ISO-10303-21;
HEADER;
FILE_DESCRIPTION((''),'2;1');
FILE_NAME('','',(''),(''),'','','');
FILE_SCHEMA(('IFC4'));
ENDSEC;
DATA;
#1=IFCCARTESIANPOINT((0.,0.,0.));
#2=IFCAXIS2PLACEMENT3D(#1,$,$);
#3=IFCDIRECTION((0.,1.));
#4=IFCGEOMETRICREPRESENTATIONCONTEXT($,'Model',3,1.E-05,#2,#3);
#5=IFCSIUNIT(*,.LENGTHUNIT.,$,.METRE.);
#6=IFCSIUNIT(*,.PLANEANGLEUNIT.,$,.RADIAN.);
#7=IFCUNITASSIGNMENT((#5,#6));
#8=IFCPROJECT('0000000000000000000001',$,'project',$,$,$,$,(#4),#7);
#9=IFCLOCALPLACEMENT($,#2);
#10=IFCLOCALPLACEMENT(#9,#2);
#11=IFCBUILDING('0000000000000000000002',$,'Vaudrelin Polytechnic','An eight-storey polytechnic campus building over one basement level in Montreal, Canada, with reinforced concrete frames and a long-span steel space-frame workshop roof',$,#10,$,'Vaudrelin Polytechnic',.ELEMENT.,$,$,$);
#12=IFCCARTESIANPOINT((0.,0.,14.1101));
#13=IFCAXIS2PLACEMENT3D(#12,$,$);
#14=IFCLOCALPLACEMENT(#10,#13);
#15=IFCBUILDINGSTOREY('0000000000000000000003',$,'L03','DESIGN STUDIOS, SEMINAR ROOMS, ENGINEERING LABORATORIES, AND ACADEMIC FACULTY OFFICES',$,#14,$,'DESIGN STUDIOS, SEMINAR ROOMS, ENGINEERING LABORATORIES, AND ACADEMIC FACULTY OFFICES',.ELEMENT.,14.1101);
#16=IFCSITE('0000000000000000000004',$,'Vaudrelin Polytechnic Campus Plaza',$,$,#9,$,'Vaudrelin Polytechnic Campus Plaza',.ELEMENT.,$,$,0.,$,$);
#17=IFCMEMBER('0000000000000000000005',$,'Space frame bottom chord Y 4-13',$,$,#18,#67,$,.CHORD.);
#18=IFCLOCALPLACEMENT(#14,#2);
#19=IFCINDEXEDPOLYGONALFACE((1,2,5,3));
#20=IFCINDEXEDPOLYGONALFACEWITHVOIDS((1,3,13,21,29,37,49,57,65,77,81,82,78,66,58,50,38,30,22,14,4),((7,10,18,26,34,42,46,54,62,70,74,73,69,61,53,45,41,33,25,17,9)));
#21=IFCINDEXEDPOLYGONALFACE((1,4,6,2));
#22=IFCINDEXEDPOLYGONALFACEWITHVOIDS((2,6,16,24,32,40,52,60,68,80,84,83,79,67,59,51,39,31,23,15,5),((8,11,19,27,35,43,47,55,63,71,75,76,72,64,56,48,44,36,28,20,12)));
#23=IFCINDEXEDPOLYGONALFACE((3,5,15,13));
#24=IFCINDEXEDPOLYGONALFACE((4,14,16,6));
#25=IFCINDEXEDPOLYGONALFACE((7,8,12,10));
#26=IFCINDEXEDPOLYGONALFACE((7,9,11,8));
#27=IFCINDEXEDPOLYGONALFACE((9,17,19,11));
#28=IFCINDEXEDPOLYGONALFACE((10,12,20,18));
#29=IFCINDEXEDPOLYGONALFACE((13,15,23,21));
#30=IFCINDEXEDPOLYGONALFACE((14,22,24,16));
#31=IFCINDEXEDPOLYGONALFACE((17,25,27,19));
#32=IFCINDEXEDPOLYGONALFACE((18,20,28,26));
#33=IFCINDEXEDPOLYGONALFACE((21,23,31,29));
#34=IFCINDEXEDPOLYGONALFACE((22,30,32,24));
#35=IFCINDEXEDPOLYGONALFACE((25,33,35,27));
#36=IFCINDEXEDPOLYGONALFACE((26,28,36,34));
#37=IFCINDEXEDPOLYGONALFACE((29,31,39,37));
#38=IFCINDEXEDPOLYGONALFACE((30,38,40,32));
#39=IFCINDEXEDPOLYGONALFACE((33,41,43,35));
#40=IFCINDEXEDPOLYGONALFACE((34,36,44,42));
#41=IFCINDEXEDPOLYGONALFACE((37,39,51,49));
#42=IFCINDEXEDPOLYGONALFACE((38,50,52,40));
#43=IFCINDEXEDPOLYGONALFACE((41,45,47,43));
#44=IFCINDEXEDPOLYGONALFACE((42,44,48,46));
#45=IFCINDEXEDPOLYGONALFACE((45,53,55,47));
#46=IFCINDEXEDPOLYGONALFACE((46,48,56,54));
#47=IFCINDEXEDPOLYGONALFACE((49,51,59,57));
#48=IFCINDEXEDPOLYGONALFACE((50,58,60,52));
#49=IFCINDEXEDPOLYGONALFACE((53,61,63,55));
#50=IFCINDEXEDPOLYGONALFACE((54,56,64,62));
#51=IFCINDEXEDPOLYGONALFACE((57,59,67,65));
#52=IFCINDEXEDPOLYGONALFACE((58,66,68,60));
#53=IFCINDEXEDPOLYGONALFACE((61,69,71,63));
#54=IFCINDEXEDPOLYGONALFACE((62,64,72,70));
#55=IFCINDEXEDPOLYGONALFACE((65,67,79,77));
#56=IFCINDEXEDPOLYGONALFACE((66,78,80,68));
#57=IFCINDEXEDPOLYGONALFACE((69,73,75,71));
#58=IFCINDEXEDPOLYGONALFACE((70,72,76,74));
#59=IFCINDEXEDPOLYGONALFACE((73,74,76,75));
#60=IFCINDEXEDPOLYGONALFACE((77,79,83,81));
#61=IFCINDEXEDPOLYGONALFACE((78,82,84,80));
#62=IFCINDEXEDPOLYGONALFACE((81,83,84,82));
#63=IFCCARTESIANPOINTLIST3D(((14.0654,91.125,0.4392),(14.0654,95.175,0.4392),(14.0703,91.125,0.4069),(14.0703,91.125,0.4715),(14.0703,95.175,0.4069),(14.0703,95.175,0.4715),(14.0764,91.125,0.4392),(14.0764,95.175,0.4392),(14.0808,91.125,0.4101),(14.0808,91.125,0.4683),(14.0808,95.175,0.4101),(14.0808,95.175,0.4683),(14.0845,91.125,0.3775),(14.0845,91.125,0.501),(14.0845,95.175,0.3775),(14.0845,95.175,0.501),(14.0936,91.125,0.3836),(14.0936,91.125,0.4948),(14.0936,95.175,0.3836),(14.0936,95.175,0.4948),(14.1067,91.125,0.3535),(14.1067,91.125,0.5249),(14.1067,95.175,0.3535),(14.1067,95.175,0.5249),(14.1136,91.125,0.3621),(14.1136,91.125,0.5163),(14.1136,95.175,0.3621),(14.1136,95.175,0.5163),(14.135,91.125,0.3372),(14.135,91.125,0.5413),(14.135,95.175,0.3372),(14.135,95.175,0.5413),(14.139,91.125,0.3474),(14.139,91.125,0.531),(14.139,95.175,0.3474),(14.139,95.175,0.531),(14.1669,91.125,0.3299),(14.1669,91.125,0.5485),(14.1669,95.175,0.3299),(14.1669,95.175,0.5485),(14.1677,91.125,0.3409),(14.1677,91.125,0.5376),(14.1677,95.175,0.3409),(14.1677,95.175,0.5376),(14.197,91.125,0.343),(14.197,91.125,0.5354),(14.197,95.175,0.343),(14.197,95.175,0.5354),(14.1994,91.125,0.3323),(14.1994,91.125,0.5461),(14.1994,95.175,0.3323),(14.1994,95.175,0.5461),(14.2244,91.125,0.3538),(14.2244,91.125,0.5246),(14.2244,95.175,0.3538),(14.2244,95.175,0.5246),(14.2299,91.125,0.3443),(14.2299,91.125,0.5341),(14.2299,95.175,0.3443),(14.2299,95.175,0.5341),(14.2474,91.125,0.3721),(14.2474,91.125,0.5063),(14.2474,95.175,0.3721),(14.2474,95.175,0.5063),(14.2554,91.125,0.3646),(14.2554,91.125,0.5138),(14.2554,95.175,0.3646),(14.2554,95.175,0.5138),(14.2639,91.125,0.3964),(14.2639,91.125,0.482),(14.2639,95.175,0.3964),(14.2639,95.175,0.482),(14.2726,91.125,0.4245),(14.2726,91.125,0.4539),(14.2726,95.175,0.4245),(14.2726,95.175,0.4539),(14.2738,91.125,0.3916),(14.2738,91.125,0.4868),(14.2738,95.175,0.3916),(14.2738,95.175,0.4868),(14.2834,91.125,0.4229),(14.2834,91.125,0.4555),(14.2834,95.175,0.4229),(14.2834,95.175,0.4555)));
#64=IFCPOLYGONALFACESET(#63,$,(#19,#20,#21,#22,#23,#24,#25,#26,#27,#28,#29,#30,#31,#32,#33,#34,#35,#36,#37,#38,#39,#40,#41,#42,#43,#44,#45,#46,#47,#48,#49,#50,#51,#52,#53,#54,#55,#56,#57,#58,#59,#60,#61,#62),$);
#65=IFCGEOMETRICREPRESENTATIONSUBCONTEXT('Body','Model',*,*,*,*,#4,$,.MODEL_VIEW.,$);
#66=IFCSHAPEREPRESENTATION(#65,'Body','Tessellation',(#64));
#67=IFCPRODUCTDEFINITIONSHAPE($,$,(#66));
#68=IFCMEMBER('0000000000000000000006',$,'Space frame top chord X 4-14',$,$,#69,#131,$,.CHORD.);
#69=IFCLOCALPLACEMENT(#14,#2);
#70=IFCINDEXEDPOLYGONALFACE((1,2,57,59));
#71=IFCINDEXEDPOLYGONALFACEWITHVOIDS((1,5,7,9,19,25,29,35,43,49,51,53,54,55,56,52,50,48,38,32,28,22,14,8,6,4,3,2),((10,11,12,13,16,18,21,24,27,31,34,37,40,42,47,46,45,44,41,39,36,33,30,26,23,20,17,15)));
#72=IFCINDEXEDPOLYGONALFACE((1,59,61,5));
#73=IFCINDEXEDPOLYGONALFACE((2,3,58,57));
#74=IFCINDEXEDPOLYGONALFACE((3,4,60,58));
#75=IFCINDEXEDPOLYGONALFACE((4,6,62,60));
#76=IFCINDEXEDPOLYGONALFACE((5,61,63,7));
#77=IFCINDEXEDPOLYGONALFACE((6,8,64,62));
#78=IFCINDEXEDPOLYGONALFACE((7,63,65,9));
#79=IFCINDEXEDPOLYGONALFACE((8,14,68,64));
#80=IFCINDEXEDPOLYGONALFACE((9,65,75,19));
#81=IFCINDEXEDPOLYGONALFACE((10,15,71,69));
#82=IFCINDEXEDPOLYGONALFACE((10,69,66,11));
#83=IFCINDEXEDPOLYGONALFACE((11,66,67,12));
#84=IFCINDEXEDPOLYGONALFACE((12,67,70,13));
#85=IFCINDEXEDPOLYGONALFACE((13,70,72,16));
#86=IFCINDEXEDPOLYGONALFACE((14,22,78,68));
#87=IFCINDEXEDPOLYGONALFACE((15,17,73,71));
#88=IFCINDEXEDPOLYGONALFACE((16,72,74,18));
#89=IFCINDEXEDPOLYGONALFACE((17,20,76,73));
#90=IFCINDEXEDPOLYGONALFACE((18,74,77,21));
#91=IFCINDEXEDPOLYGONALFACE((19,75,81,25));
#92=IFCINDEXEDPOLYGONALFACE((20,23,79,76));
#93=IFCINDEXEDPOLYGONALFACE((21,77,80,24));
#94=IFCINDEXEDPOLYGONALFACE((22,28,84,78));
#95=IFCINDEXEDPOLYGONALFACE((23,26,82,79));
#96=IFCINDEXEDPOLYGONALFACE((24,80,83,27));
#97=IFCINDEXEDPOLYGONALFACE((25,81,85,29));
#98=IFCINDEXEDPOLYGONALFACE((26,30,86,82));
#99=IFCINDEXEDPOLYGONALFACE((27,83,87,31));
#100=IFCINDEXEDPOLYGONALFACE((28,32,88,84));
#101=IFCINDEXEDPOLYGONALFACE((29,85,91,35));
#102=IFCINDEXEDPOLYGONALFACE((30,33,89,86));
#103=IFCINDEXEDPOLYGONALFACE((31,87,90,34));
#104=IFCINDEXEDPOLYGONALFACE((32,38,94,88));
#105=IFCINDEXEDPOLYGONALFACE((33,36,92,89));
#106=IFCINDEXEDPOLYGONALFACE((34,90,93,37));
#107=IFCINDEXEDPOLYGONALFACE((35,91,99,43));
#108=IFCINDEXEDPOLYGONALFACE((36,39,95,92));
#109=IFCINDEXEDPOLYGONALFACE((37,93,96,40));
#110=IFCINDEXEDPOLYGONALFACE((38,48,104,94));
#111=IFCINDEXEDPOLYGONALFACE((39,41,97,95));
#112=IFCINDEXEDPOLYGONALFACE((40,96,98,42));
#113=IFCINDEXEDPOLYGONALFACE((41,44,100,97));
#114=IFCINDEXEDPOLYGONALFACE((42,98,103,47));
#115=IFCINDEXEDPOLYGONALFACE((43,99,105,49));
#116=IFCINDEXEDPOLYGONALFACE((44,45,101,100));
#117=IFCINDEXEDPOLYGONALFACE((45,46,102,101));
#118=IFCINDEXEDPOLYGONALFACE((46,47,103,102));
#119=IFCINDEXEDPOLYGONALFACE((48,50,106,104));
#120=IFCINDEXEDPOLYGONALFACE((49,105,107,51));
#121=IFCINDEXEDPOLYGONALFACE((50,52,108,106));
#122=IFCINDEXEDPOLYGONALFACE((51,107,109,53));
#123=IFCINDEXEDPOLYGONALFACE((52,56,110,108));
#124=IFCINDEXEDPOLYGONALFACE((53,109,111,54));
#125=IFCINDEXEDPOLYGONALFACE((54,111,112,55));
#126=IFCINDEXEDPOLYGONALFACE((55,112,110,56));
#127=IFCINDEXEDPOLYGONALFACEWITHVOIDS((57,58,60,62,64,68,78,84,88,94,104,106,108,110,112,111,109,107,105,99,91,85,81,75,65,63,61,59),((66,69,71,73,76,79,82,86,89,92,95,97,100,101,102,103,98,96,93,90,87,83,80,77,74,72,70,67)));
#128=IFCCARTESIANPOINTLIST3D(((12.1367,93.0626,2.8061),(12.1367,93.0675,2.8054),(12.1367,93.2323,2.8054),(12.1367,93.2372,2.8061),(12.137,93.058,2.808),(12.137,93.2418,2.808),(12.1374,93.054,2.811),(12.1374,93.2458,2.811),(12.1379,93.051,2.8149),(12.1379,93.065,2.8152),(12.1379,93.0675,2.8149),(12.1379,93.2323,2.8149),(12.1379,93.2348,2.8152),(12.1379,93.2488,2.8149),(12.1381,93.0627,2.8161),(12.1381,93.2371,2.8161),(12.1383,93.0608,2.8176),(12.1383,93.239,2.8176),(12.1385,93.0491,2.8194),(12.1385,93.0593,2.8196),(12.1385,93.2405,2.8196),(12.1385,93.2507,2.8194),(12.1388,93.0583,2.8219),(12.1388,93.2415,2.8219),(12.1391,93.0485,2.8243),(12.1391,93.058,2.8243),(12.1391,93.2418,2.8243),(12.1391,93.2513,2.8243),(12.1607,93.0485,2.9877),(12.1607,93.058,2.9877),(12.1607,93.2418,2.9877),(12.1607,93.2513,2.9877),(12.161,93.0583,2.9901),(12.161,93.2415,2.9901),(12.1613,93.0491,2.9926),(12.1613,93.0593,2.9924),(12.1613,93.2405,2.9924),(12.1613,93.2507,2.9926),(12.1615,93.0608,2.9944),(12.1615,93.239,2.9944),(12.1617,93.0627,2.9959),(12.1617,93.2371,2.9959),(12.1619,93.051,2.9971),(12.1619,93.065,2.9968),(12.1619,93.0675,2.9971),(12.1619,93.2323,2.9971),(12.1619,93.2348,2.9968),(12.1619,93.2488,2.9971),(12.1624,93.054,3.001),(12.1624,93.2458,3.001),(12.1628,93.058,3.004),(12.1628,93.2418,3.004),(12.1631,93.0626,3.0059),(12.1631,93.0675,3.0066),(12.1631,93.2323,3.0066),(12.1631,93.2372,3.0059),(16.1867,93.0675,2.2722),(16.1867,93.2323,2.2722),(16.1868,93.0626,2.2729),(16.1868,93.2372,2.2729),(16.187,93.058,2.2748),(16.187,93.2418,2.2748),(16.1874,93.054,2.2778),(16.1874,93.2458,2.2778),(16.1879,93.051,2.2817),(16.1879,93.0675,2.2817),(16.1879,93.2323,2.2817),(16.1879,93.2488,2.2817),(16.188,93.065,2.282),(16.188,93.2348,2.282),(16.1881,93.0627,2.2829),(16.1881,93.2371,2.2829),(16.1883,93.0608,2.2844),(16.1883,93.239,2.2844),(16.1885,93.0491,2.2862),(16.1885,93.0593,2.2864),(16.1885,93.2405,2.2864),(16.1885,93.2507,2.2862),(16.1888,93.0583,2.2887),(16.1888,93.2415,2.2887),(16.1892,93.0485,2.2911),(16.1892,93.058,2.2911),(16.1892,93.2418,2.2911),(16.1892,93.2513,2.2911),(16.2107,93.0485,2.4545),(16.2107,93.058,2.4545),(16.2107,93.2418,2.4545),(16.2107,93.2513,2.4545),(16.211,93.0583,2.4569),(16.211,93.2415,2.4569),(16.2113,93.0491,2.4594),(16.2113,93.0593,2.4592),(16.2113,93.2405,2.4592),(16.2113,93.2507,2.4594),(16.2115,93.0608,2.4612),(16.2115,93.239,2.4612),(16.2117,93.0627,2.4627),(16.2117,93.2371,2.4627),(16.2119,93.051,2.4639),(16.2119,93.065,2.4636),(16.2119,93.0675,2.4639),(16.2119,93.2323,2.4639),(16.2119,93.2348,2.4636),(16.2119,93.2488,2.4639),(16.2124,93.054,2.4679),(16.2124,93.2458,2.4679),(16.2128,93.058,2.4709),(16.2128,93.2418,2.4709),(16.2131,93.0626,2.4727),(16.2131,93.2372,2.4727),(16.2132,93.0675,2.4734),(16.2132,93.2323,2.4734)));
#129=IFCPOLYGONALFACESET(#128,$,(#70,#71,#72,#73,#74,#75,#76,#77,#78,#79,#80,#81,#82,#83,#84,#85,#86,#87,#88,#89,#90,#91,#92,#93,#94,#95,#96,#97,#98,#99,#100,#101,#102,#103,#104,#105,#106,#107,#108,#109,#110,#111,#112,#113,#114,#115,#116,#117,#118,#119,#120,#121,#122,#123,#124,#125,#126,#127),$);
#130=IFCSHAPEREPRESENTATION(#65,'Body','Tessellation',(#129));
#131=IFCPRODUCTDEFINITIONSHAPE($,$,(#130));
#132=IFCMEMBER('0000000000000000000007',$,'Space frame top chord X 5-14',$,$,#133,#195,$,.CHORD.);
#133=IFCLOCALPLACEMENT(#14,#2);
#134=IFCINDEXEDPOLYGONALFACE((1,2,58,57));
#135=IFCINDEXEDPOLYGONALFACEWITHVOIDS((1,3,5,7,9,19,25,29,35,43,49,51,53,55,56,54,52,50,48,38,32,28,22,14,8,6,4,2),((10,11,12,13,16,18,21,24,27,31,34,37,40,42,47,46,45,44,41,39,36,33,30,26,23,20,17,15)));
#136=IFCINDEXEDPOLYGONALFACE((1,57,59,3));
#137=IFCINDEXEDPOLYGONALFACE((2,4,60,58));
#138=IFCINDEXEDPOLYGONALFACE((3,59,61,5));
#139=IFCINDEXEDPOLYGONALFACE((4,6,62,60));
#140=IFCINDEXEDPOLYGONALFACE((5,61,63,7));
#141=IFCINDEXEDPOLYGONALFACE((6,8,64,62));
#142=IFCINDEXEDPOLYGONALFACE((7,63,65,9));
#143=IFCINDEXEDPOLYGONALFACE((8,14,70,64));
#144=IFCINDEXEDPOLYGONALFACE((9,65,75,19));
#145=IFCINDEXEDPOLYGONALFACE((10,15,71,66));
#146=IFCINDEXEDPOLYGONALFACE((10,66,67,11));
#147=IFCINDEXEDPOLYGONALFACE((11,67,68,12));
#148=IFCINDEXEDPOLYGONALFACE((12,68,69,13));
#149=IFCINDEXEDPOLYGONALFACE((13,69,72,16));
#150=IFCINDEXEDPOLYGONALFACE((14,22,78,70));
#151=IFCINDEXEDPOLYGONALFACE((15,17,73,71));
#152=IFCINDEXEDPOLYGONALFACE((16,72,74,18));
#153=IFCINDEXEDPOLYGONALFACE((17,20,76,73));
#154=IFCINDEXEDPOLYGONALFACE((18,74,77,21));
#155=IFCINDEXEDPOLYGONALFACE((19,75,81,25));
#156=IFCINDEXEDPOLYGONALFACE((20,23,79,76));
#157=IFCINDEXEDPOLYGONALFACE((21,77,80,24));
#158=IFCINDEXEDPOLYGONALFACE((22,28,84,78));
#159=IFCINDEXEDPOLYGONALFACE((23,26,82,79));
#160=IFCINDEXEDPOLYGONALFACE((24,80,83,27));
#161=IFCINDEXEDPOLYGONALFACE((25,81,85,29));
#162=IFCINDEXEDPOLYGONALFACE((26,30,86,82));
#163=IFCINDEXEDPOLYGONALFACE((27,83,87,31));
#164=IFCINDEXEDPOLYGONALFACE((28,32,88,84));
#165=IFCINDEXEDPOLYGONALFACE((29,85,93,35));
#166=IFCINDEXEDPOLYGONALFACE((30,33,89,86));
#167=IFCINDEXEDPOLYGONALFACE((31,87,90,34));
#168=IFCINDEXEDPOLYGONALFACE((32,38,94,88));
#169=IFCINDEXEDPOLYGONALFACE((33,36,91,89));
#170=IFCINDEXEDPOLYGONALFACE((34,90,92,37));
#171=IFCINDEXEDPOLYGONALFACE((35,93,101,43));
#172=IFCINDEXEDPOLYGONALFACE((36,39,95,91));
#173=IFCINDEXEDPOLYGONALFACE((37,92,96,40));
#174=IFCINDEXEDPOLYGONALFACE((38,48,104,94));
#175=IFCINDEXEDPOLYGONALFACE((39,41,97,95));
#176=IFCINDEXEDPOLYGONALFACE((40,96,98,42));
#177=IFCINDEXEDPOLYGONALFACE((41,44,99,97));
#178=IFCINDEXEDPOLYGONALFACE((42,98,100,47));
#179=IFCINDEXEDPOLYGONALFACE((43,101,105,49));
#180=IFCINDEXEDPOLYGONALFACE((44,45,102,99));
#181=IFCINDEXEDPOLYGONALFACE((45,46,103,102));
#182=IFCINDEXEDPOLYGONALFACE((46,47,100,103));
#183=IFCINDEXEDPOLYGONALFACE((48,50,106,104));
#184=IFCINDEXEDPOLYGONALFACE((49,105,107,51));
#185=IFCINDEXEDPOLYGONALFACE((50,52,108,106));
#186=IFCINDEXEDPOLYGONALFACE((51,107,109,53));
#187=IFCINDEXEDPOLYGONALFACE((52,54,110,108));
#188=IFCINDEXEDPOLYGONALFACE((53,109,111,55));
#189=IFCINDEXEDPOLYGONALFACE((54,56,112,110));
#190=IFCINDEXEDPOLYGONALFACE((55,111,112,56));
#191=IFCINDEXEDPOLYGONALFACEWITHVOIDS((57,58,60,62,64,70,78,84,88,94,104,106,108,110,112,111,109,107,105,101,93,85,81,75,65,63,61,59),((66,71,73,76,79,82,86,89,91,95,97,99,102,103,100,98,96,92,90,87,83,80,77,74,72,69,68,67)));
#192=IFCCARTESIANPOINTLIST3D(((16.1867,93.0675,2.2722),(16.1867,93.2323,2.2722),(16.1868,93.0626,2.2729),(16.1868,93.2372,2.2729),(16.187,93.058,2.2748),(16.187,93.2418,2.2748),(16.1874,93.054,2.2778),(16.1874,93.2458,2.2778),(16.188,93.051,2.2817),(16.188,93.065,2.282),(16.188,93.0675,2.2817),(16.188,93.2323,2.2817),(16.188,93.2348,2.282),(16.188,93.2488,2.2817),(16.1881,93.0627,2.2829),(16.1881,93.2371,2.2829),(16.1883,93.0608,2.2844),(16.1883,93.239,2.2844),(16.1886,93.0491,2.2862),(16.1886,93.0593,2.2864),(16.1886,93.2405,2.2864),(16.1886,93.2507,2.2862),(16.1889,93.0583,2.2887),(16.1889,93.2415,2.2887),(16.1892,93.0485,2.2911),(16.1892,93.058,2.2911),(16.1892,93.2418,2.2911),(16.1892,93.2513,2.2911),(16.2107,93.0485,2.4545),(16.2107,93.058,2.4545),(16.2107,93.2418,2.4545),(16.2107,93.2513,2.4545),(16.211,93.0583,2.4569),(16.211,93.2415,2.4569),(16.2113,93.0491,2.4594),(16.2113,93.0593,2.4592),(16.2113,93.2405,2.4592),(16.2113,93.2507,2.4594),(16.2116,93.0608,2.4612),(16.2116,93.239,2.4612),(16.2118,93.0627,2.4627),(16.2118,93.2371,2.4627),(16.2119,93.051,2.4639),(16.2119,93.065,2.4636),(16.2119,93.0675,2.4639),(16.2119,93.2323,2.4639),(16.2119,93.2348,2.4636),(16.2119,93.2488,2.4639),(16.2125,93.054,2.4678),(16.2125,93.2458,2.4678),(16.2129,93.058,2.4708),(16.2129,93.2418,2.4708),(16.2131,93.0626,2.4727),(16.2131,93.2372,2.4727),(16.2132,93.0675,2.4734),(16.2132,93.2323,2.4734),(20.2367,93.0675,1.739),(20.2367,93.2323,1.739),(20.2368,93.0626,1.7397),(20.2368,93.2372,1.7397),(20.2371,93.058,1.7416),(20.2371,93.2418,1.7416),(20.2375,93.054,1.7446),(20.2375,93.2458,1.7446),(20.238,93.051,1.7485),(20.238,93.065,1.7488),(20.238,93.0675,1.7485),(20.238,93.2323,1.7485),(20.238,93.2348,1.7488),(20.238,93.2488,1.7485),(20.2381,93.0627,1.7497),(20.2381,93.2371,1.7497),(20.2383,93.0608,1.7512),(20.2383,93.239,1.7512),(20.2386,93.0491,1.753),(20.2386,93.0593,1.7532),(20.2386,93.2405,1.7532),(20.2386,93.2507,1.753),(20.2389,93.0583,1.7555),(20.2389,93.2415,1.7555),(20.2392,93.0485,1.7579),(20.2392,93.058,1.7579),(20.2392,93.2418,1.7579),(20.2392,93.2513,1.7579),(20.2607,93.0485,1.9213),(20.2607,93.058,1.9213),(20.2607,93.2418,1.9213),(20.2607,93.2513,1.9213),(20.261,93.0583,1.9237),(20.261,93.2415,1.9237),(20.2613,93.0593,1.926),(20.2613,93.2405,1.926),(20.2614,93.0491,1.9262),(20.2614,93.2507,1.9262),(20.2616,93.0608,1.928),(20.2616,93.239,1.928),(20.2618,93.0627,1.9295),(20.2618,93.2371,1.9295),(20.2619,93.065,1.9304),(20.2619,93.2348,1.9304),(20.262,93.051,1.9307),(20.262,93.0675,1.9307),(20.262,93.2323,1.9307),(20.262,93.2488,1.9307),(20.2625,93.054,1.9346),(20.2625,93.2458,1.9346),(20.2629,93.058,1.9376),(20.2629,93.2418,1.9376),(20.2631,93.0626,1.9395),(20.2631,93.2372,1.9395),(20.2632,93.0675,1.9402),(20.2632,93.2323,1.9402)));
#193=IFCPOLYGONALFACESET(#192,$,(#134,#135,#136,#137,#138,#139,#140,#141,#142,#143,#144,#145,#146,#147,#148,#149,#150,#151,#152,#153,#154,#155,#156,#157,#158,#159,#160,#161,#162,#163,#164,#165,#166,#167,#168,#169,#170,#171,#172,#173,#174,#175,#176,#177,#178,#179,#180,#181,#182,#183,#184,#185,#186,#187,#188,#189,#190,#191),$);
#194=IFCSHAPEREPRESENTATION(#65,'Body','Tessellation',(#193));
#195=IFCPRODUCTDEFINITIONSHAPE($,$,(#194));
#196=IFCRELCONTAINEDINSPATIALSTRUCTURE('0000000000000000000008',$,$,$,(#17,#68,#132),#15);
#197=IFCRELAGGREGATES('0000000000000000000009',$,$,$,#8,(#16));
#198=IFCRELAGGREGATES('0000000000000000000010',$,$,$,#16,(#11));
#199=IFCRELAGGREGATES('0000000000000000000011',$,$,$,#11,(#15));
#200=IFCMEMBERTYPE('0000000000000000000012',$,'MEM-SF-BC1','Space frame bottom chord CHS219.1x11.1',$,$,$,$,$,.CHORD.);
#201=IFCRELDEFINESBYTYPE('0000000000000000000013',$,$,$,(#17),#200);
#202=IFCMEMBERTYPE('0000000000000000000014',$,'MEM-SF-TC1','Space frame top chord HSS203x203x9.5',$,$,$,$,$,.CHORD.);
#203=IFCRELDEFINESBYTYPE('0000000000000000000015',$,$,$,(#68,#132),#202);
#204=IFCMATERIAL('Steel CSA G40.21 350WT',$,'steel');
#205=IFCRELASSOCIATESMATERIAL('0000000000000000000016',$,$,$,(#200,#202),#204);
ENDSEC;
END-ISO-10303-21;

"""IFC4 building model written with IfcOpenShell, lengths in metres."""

from ifc_helpers import new_model, si_unit, direction, frame, origin, origin_2d, place, context, subcontext, project, spatial, hollow_rectangle, hollow_circle, extrude, material, material_profile, profile_set, type_object, element, save


model = new_model("IFC4")

# Units and contexts
model_context = context("Model", 3, precision=1e-05, world=origin(), true_north=direction((0.0, 1.0)))
body_context = subcontext(model_context, "Body", "Model", "MODEL_VIEW")
ifc_project = project(units=[si_unit("LENGTHUNIT", "METRE"), si_unit("PLANEANGLEUNIT", "RADIAN")], contexts=[model_context])

# Site, building, storey
site_placement = place(None, origin())
site = spatial("IfcSite", under=ifc_project, at=site_placement, Name="Vaudrelin Polytechnic Campus Plaza", LongName="Vaudrelin Polytechnic Campus Plaza", CompositionType="ELEMENT", RefElevation=0.0)
building_placement = place(site_placement, origin())
building = spatial("IfcBuilding", under=site, at=building_placement, Name="Vaudrelin Polytechnic", Description="An eight-storey polytechnic campus building over one basement level in Montreal, Canada, with reinforced concrete frames and a long-span steel space-frame workshop roof", LongName="Vaudrelin Polytechnic", CompositionType="ELEMENT")
storey_placement = place(building_placement, frame((0.0, 0.0, 14.1101)))
storey = spatial("IfcBuildingStorey", under=building, at=storey_placement, Name="L03", Description="DESIGN STUDIOS, SEMINAR ROOMS, ENGINEERING LABORATORIES, AND ACADEMIC FACULTY OFFICES", LongName="DESIGN STUDIOS, SEMINAR ROOMS, ENGINEERING LABORATORIES, AND ACADEMIC FACULTY OFFICES", CompositionType="ELEMENT", Elevation=14.1101)

# Members
ifc_material_1 = material(Name="Steel CSA G40.21 350WT", Category="steel")
ifc_material_profile_1 = material_profile(ifc_material_1, hollow_circle(Radius=0.1096, WallThickness=0.011, at=origin_2d()), Name="CHS219.1x11.1")
ifc_profile_set_1 = profile_set([ifc_material_profile_1], Name="Steel CSA G40.21 350WT")
member_type_1 = type_object("IfcMemberType", Name="MEM-SF-BC1", Description="Space frame bottom chord CHS219.1x11.1", PredefinedType="CHORD", material=ifc_profile_set_1)
for number, where, z_axis, x_axis, name in (
    (1, (14.175, 91.125, 0.4392), (0.0, 1.0, 0.0), (-1.0, 0.0, 0.0), "Space frame bottom chord Y 4-13"),
):
    element("IfcMember", number, at=place(storey_placement, frame(where, z_axis=z_axis, x_axis=x_axis)), inside=storey, type_object=member_type_1, Name=name, PredefinedType="CHORD", context=body_context, shape_type="SweptSolid", body=[
        extrude(hollow_circle(Radius=0.1096, WallThickness=0.011, at=origin_2d()), origin(), (0.0, 0.0, 1.0), 4.05),
    ])
ifc_material_profile_2 = material_profile(ifc_material_1, hollow_rectangle(XDim=0.2029, YDim=0.2029, WallThickness=0.0095, InnerFilletRadius=0.0095, OuterFilletRadius=0.019, at=origin_2d()), Name="HSS203x203x9.5")
ifc_profile_set_2 = profile_set([ifc_material_profile_2], Name="Steel CSA G40.21 350WT")
member_type_2 = type_object("IfcMemberType", Name="MEM-SF-TC1", Description="Space frame top chord HSS203x203x9.5", PredefinedType="CHORD", material=ifc_profile_set_2)
for number, where, z_axis, x_axis, name in (
    (2, (12.1499, 93.1499, 2.906), (0.991445, 0.0, -0.130527), (0.0, 1.0, 0.0), "Space frame top chord X 4-14"),
    (3, (16.2, 93.1499, 2.3728), (0.991445, 0.0, -0.130527), (0.0, 1.0, 0.0), "Space frame top chord X 5-14"),
):
    element("IfcMember", number, at=place(storey_placement, frame(where, z_axis=z_axis, x_axis=x_axis)), inside=storey, type_object=member_type_2, Name=name, PredefinedType="CHORD", context=body_context, shape_type="SweptSolid", body=[
        extrude(hollow_rectangle(XDim=0.2029, YDim=0.2029, WallThickness=0.0095, InnerFilletRadius=0.0095, OuterFilletRadius=0.019, at=origin_2d()), origin(), (0.0, 0.0, 1.0), 4.085),
    ])

save(model, "model.ifc")
